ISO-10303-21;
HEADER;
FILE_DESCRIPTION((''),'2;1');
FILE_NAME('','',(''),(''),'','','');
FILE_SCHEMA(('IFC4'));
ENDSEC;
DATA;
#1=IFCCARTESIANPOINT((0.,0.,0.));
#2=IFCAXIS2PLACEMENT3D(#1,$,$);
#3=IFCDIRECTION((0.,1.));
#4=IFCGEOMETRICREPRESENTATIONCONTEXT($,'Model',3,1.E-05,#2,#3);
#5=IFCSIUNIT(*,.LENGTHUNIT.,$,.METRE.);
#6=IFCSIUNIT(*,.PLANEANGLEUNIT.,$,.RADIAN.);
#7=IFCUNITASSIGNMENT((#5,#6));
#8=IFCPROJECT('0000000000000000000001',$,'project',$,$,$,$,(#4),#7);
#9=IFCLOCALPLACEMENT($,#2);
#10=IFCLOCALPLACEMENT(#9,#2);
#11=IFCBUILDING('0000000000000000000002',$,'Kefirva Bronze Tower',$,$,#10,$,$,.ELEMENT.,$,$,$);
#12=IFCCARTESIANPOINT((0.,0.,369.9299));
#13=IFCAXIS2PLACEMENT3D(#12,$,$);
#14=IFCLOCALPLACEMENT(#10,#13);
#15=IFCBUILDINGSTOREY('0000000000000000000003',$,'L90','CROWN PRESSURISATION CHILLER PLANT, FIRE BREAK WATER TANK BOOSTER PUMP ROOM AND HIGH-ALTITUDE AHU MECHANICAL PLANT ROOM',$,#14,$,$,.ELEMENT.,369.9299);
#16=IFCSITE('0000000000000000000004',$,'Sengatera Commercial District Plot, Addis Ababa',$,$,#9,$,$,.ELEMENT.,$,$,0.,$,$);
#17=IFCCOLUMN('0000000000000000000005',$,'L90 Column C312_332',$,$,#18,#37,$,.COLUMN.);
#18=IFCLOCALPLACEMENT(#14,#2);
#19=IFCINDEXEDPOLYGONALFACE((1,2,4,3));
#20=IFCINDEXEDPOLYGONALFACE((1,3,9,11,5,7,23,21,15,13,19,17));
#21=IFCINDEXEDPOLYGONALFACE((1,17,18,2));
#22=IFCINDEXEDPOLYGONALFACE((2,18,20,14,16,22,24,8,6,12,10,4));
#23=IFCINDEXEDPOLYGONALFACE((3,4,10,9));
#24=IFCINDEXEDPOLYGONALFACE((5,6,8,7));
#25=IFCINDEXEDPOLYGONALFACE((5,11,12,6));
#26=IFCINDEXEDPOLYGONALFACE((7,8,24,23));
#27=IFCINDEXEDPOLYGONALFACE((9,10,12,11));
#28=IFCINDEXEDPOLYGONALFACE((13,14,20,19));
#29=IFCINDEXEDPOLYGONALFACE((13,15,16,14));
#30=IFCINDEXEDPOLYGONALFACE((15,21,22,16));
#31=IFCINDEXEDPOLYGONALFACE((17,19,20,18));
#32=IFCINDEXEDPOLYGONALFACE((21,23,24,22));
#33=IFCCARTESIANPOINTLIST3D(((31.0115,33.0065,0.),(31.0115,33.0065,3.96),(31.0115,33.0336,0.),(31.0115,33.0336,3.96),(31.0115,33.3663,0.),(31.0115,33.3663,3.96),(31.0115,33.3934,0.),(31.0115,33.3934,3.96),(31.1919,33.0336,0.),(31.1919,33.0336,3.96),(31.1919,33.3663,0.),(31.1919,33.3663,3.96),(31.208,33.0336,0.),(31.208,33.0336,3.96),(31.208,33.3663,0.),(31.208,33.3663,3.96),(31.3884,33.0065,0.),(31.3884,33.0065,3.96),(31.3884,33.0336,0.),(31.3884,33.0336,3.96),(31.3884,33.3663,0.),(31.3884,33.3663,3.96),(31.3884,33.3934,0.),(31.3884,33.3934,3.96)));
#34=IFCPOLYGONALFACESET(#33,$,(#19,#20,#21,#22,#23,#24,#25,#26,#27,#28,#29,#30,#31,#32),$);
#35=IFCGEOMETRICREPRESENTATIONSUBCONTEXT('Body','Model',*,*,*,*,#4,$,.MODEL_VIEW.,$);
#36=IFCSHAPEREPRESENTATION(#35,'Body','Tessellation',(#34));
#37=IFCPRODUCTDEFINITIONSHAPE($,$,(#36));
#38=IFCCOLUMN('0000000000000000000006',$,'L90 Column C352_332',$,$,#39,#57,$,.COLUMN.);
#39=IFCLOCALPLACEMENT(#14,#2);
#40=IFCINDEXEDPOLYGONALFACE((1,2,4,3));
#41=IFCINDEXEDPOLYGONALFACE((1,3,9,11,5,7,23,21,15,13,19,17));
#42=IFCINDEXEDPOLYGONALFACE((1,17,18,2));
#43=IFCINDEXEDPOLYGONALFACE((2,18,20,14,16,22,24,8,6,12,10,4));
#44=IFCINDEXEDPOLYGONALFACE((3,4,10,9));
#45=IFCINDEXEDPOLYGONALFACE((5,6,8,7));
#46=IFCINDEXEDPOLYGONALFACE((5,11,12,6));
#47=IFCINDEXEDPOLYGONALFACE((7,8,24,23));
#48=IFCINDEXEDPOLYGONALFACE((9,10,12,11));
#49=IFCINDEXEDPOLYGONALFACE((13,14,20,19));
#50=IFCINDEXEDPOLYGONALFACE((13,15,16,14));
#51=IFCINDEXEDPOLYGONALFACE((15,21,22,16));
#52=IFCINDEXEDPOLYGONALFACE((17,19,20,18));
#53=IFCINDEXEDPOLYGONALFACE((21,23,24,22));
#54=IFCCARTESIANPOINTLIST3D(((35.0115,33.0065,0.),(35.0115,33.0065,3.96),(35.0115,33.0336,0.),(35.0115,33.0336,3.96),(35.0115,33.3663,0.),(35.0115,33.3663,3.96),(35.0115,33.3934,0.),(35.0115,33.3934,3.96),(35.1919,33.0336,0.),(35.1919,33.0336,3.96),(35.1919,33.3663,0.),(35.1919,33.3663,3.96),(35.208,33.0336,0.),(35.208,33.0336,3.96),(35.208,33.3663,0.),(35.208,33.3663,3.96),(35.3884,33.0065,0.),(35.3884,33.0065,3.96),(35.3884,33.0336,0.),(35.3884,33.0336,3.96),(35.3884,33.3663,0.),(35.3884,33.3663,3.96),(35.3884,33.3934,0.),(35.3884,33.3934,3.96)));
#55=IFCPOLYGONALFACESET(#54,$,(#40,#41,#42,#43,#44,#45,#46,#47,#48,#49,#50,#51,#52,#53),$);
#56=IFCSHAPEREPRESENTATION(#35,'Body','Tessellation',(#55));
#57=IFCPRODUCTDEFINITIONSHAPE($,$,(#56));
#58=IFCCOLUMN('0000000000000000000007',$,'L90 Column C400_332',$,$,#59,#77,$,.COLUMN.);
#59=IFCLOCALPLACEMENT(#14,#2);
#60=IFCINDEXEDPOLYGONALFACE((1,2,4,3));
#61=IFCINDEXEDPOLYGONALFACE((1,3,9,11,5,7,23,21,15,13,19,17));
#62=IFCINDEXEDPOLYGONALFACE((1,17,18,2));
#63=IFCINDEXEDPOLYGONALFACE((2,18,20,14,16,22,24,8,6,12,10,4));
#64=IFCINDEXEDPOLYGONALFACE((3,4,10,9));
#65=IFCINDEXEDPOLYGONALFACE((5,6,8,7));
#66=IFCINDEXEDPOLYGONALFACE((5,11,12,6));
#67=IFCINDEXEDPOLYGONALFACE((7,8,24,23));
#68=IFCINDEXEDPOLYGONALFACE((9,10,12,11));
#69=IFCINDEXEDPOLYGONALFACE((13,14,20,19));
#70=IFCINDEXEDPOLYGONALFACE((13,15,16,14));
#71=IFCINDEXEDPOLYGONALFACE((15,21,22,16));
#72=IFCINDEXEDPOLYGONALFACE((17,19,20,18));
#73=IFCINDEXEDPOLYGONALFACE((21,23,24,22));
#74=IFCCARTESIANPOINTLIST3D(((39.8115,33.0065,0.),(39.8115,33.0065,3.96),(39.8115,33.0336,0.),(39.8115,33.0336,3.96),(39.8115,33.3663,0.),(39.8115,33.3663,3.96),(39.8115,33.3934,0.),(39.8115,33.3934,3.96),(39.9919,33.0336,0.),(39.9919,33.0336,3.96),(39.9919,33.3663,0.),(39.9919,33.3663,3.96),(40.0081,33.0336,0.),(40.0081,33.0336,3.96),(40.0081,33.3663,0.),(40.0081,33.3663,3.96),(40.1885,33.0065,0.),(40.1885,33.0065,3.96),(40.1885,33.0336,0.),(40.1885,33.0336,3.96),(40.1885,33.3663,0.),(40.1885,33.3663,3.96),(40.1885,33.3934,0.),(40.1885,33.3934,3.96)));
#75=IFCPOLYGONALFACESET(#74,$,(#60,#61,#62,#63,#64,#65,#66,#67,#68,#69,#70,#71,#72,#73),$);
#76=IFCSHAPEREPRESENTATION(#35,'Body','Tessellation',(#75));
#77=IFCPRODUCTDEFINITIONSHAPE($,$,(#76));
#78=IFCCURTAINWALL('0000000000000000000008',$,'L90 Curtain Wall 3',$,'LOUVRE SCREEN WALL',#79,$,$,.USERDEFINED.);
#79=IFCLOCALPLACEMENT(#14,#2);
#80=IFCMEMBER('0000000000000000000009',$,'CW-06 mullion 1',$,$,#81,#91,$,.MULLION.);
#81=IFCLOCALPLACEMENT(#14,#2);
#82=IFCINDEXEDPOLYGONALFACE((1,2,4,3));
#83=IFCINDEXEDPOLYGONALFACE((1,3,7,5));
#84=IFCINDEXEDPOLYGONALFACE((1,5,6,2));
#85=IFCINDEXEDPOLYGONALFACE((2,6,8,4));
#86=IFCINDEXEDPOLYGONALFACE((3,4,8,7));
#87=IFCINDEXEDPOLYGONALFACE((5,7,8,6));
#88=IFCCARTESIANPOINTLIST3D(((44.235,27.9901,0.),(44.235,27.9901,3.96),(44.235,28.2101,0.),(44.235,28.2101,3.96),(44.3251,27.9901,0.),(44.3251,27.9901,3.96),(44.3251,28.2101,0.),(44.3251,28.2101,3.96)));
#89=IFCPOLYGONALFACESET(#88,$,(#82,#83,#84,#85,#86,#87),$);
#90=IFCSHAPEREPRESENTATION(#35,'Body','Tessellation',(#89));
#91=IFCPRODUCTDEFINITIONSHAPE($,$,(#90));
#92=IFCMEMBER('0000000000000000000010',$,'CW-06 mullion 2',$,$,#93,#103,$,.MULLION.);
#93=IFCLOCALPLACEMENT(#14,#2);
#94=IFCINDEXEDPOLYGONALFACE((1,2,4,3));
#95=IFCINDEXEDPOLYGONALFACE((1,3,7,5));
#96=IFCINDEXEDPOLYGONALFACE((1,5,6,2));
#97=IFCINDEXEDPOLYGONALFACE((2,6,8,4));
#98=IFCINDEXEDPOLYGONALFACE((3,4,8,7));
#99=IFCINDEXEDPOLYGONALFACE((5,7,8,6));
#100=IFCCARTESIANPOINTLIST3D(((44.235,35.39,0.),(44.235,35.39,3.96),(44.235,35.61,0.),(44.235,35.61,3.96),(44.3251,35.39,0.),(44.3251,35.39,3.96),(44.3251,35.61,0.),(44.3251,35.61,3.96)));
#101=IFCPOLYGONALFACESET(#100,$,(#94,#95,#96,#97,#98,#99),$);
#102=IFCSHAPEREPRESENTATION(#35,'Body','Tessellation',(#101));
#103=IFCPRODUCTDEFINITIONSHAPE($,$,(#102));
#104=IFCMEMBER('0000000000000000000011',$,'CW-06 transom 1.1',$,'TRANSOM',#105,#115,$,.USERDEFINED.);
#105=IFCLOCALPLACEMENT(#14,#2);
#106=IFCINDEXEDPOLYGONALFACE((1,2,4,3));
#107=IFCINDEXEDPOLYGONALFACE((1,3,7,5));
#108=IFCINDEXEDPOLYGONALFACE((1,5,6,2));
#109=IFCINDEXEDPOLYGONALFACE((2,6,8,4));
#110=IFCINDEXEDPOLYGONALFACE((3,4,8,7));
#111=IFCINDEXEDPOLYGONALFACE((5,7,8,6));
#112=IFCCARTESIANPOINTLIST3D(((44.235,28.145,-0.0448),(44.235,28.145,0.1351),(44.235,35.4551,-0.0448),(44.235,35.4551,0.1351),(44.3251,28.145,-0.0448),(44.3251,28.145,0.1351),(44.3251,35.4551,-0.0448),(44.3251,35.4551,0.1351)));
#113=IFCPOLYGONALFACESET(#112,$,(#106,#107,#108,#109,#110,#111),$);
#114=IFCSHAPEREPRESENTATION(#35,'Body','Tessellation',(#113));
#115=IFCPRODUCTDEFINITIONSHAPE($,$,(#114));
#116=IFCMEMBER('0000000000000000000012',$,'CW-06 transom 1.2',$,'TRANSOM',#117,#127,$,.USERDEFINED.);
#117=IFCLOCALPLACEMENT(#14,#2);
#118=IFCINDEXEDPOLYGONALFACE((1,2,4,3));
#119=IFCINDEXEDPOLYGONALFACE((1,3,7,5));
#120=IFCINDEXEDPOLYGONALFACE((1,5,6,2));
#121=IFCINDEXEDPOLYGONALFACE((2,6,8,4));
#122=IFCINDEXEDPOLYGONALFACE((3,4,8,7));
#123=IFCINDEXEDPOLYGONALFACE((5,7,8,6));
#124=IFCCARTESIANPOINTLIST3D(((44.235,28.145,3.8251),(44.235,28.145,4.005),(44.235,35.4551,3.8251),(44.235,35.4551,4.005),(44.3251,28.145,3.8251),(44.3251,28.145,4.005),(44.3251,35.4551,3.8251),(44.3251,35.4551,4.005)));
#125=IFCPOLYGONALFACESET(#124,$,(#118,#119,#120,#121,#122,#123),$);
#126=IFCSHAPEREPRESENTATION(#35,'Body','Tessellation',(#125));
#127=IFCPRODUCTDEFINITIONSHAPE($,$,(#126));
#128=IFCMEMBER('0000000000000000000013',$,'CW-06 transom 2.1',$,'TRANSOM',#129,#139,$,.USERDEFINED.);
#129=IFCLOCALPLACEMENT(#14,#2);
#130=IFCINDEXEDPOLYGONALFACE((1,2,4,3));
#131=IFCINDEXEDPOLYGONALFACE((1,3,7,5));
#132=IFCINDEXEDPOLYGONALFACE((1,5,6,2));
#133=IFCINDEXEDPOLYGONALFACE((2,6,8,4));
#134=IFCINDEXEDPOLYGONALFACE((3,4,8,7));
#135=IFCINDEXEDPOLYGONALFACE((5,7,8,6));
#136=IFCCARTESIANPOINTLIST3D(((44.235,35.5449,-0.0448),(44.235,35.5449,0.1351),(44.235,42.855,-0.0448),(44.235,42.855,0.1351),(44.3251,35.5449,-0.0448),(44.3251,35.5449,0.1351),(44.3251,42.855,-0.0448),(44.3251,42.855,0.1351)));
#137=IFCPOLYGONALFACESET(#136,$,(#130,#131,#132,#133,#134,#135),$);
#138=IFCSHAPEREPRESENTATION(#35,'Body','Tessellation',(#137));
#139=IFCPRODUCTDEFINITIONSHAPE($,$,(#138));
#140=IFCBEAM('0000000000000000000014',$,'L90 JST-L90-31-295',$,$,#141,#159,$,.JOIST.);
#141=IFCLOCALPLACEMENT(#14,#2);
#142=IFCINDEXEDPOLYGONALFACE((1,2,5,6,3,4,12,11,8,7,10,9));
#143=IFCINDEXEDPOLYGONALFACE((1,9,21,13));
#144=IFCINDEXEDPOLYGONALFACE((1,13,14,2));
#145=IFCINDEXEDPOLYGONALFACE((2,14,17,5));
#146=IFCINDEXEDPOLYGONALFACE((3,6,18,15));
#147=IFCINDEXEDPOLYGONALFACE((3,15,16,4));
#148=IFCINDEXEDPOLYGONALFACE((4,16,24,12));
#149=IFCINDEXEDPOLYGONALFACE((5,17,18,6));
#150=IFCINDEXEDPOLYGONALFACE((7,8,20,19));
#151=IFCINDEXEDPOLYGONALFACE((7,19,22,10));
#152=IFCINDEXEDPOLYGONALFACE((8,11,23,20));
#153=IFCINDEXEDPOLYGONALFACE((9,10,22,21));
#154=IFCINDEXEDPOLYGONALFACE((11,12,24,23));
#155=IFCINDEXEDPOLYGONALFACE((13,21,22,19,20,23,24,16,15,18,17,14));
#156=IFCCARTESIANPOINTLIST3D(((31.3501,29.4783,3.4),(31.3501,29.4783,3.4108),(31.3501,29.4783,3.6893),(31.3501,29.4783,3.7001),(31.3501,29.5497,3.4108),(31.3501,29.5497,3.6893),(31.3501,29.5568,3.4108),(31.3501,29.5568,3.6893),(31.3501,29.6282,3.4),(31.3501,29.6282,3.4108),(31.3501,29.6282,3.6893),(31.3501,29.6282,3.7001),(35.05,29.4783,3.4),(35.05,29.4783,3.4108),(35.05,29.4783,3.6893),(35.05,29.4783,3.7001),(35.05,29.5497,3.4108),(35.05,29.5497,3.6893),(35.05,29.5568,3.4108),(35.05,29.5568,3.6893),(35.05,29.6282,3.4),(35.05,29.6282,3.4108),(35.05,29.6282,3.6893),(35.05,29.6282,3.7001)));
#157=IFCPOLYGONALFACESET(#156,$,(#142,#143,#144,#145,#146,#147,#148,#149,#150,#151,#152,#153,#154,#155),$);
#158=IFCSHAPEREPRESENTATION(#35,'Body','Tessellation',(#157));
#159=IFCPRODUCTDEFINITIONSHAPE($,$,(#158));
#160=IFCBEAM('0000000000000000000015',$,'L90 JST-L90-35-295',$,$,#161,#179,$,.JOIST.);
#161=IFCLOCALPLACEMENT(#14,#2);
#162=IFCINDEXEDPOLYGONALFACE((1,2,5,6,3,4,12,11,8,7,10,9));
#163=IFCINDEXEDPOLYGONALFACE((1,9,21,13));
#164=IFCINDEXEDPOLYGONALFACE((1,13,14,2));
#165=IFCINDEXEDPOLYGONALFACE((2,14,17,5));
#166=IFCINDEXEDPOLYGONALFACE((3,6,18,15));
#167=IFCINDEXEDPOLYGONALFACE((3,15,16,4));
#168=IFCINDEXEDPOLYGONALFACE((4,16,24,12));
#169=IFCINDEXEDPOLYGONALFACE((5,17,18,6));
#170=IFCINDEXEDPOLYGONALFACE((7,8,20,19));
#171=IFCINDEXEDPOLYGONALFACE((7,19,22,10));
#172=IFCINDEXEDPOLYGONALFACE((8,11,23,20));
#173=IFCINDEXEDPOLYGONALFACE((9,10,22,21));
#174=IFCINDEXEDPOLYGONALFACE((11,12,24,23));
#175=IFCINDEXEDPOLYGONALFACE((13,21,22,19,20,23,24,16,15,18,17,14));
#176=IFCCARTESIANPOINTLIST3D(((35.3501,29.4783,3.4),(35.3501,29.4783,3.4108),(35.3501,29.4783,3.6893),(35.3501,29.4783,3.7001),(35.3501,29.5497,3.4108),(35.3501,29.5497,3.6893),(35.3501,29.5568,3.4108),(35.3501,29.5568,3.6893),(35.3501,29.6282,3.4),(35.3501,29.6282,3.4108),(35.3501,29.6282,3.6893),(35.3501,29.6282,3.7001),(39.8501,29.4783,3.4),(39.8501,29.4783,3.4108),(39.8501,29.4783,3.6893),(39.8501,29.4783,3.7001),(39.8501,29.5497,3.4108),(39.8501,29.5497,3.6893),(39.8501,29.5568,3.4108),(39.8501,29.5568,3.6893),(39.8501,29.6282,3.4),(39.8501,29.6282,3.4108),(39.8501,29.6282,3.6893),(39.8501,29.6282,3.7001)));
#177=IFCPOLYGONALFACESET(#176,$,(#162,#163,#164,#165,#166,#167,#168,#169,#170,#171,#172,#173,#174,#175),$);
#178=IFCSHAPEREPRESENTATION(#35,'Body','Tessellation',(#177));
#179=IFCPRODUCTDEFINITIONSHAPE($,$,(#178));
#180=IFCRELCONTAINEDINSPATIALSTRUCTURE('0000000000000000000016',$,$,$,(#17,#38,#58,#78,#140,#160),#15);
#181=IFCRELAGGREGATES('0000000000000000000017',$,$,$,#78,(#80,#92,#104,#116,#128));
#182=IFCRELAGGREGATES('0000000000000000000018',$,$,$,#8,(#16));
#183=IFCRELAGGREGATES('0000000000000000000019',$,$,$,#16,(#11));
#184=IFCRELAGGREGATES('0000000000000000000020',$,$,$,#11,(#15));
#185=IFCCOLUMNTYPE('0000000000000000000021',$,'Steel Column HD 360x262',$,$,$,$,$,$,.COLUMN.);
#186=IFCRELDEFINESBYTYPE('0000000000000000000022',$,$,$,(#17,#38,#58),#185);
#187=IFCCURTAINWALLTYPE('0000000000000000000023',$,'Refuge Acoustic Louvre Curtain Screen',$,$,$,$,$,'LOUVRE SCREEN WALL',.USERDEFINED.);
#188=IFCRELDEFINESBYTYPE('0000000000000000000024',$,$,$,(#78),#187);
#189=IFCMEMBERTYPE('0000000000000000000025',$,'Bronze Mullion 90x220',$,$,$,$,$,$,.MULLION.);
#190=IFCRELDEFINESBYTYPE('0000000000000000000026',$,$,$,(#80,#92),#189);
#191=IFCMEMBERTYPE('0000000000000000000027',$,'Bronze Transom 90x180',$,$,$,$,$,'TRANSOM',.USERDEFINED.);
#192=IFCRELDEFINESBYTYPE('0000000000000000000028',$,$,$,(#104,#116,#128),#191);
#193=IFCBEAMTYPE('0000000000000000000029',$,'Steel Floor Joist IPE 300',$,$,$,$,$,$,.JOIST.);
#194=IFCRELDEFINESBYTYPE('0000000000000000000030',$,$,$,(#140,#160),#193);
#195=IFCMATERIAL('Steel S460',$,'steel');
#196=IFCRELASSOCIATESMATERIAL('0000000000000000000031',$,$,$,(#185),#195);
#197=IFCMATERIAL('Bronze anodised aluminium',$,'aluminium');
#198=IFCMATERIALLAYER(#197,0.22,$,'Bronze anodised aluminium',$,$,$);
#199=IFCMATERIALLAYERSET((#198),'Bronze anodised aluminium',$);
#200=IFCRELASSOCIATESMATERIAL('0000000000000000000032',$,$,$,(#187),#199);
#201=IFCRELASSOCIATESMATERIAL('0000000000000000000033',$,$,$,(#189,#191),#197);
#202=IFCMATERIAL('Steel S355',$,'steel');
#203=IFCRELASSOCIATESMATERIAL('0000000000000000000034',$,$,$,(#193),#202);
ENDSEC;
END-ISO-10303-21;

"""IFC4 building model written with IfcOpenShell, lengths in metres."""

from ifc_helpers import new_model, si_unit, direction, frame, origin, origin_2d, place, context, subcontext, project, spatial, rectangle, i_section, extrude, material, layer, layer_set, material_profile, profile_set, type_object, element, aggregate, save


model = new_model("IFC4")

# Units and contexts
model_context = context("Model", 3, precision=1e-05, world=origin(), true_north=direction((0.0, 1.0)))
body_context = subcontext(model_context, "Body", "Model", "MODEL_VIEW")
ifc_project = project(units=[si_unit("LENGTHUNIT", "METRE"), si_unit("PLANEANGLEUNIT", "RADIAN")], contexts=[model_context])

# Site, building, storey
site_placement = place(None, origin())
site = spatial("IfcSite", under=ifc_project, at=site_placement, Name="Sengatera Commercial District Plot, Addis Ababa", CompositionType="ELEMENT", RefElevation=0.0)
building_placement = place(site_placement, origin())
building = spatial("IfcBuilding", under=site, at=building_placement, Name="Kefirva Bronze Tower", CompositionType="ELEMENT")
storey_placement = place(building_placement, frame((0.0, 0.0, 369.9299)))
storey = spatial("IfcBuildingStorey", under=building, at=storey_placement, Name="L90", Description="CROWN PRESSURISATION CHILLER PLANT, FIRE BREAK WATER TANK BOOSTER PUMP ROOM AND HIGH-ALTITUDE AHU MECHANICAL PLANT ROOM", CompositionType="ELEMENT", Elevation=369.9299)

# Columns
ifc_material_1 = material(Name="Steel S460", Category="steel")
ifc_material_profile_1 = material_profile(ifc_material_1, i_section(OverallWidth=0.377, OverallDepth=0.387, WebThickness=0.0161, FlangeThickness=0.0271, at=origin_2d()), Name="HD 360x262")
ifc_profile_set_1 = profile_set([ifc_material_profile_1], Name="Steel S460")
column_type = type_object("IfcColumnType", Name="Steel Column HD 360x262", PredefinedType="COLUMN", material=ifc_profile_set_1)
for number, where, z_axis, x_axis, name in (
    (1, (31.2, 33.2, 0.0), (0.0, 0.0, 1.0), (1.0, 0.0, 0.0), "L90 Column C312_332"),
    (2, (35.2, 33.2, 0.0), (0.0, 0.0, 1.0), (1.0, 0.0, 0.0), "L90 Column C352_332"),
    (3, (40.0, 33.2, 0.0), (0.0, 0.0, 1.0), (1.0, 0.0, 0.0), "L90 Column C400_332"),
):
    element("IfcColumn", number, at=place(storey_placement, frame(where, z_axis=z_axis, x_axis=x_axis)), inside=storey, type_object=column_type, Name=name, PredefinedType="COLUMN", context=body_context, shape_type="SweptSolid", body=[
        extrude(i_section(OverallWidth=0.377, OverallDepth=0.387, WebThickness=0.0161, FlangeThickness=0.0271, at=origin_2d()), origin(), (0.0, 0.0, 1.0), 3.96),
    ])

# Curtain wall, members
ifc_material_2 = material(Name="Bronze anodised aluminium", Category="aluminium")
ifc_layer_1 = layer(ifc_material_2, 0.22, Name="Bronze anodised aluminium")
ifc_layer_set_1 = layer_set([ifc_layer_1], Name="Bronze anodised aluminium")
curtain_wall_type = type_object("IfcCurtainWallType", Name="Refuge Acoustic Louvre Curtain Screen", ElementType="LOUVRE SCREEN WALL", PredefinedType="USERDEFINED", material=ifc_layer_set_1)
curtain_wall_placement = place(storey_placement, origin())
curtain_wall = element("IfcCurtainWall", 4, at=curtain_wall_placement, inside=storey, type_object=curtain_wall_type, Name="L90 Curtain Wall 3", ObjectType="LOUVRE SCREEN WALL", PredefinedType="USERDEFINED")
ifc_material_profile_2 = material_profile(ifc_material_2, rectangle(XDim=0.0901, YDim=0.22, at=origin_2d()), Name="ALU 90x220")
ifc_profile_set_2 = profile_set([ifc_material_profile_2], Name="Bronze anodised aluminium")
member_type_1 = type_object("IfcMemberType", Name="Bronze Mullion 90x220", PredefinedType="MULLION", material=ifc_profile_set_2)
member_1_placement = place(storey_placement, frame((44.28, 28.1001, 0.0), z_axis=(0.0, 0.0, 1.0), x_axis=(-1.0, 0.0, 0.0)))
member_1 = element("IfcMember", 5, at=member_1_placement, type_object=member_type_1, Name="CW-06 mullion 1", PredefinedType="MULLION", context=body_context, shape_type="SweptSolid", body=[
    extrude(rectangle(XDim=0.0901, YDim=0.22, at=origin_2d()), origin(), (0.0, 0.0, 1.0), 3.96),
])
member_2_placement = place(storey_placement, frame((44.28, 35.5, 0.0), z_axis=(0.0, 0.0, 1.0), x_axis=(-1.0, 0.0, 0.0)))
member_2 = element("IfcMember", 6, at=member_2_placement, type_object=member_type_1, Name="CW-06 mullion 2", PredefinedType="MULLION", context=body_context, shape_type="SweptSolid", body=[
    extrude(rectangle(XDim=0.0901, YDim=0.22, at=origin_2d()), origin(), (0.0, 0.0, 1.0), 3.96),
])
ifc_material_profile_3 = material_profile(ifc_material_2, rectangle(XDim=0.0901, YDim=0.1799, at=origin_2d()), Name="ALU 90x180")
ifc_profile_set_3 = profile_set([ifc_material_profile_3], Name="Bronze anodised aluminium")
member_type_2 = type_object("IfcMemberType", Name="Bronze Transom 90x180", ElementType="TRANSOM", PredefinedType="USERDEFINED", material=ifc_profile_set_3)
member_3_placement = place(storey_placement, frame((44.28, 28.145, 0.0452), z_axis=(0.0, 1.0, 0.0), x_axis=(-1.0, 0.0, 0.0)))
member_3 = element("IfcMember", 7, at=member_3_placement, type_object=member_type_2, Name="CW-06 transom 1.1", ObjectType="TRANSOM", PredefinedType="USERDEFINED", context=body_context, shape_type="SweptSolid", body=[
    extrude(rectangle(XDim=0.0901, YDim=0.1799, at=origin_2d()), origin(), (0.0, 0.0, 1.0), 7.3101),
])
member_4_placement = place(storey_placement, frame((44.28, 28.145, 3.915), z_axis=(0.0, 1.0, 0.0), x_axis=(-1.0, 0.0, 0.0)))
member_4 = element("IfcMember", 8, at=member_4_placement, type_object=member_type_2, Name="CW-06 transom 1.2", ObjectType="TRANSOM", PredefinedType="USERDEFINED", context=body_context, shape_type="SweptSolid", body=[
    extrude(rectangle(XDim=0.0901, YDim=0.1799, at=origin_2d()), origin(), (0.0, 0.0, 1.0), 7.3101),
])
member_5_placement = place(storey_placement, frame((44.28, 35.5449, 0.0452), z_axis=(0.0, 1.0, 0.0), x_axis=(-1.0, 0.0, 0.0)))
member_5 = element("IfcMember", 9, at=member_5_placement, type_object=member_type_2, Name="CW-06 transom 2.1", ObjectType="TRANSOM", PredefinedType="USERDEFINED", context=body_context, shape_type="SweptSolid", body=[
    extrude(rectangle(XDim=0.0901, YDim=0.1799, at=origin_2d()), origin(), (0.0, 0.0, 1.0), 7.3101),
])

# Beams
ifc_material_3 = material(Name="Steel S355", Category="steel")
ifc_material_profile_4 = material_profile(ifc_material_3, i_section(OverallWidth=0.1499, OverallDepth=0.3, WebThickness=0.0071, FlangeThickness=0.0107, at=origin_2d()), Name="IPE 300")
ifc_profile_set_4 = profile_set([ifc_material_profile_4], Name="Steel S355")
beam_type_1 = type_object("IfcBeamType", Name="Steel Floor Joist IPE 300", PredefinedType="JOIST", material=ifc_profile_set_4)
beam_1_placement = place(storey_placement, frame((31.3501, 29.5532, 3.55), z_axis=(1.0, 0.0, 0.0), x_axis=(0.0, 1.0, 0.0)))
element("IfcBeam", 10, at=beam_1_placement, inside=storey, type_object=beam_type_1, Name="L90 JST-L90-31-295", PredefinedType="JOIST", context=body_context, shape_type="SweptSolid", body=[
    extrude(i_section(OverallWidth=0.1499, OverallDepth=0.3, WebThickness=0.0071, FlangeThickness=0.0107, at=origin_2d()), origin(), (0.0, 0.0, 1.0), 3.7),
])
beam_2_placement = place(storey_placement, frame((35.3501, 29.5532, 3.55), z_axis=(1.0, 0.0, 0.0), x_axis=(0.0, 1.0, 0.0)))
element("IfcBeam", 11, at=beam_2_placement, inside=storey, type_object=beam_type_1, Name="L90 JST-L90-35-295", PredefinedType="JOIST", context=body_context, shape_type="SweptSolid", body=[
    extrude(i_section(OverallWidth=0.1499, OverallDepth=0.3, WebThickness=0.0071, FlangeThickness=0.0107, at=origin_2d()), origin(), (0.0, 0.0, 1.0), 4.5),
])

aggregate(curtain_wall, [member_1, member_2, member_3, member_4, member_5])

save(model, "model.ifc")
